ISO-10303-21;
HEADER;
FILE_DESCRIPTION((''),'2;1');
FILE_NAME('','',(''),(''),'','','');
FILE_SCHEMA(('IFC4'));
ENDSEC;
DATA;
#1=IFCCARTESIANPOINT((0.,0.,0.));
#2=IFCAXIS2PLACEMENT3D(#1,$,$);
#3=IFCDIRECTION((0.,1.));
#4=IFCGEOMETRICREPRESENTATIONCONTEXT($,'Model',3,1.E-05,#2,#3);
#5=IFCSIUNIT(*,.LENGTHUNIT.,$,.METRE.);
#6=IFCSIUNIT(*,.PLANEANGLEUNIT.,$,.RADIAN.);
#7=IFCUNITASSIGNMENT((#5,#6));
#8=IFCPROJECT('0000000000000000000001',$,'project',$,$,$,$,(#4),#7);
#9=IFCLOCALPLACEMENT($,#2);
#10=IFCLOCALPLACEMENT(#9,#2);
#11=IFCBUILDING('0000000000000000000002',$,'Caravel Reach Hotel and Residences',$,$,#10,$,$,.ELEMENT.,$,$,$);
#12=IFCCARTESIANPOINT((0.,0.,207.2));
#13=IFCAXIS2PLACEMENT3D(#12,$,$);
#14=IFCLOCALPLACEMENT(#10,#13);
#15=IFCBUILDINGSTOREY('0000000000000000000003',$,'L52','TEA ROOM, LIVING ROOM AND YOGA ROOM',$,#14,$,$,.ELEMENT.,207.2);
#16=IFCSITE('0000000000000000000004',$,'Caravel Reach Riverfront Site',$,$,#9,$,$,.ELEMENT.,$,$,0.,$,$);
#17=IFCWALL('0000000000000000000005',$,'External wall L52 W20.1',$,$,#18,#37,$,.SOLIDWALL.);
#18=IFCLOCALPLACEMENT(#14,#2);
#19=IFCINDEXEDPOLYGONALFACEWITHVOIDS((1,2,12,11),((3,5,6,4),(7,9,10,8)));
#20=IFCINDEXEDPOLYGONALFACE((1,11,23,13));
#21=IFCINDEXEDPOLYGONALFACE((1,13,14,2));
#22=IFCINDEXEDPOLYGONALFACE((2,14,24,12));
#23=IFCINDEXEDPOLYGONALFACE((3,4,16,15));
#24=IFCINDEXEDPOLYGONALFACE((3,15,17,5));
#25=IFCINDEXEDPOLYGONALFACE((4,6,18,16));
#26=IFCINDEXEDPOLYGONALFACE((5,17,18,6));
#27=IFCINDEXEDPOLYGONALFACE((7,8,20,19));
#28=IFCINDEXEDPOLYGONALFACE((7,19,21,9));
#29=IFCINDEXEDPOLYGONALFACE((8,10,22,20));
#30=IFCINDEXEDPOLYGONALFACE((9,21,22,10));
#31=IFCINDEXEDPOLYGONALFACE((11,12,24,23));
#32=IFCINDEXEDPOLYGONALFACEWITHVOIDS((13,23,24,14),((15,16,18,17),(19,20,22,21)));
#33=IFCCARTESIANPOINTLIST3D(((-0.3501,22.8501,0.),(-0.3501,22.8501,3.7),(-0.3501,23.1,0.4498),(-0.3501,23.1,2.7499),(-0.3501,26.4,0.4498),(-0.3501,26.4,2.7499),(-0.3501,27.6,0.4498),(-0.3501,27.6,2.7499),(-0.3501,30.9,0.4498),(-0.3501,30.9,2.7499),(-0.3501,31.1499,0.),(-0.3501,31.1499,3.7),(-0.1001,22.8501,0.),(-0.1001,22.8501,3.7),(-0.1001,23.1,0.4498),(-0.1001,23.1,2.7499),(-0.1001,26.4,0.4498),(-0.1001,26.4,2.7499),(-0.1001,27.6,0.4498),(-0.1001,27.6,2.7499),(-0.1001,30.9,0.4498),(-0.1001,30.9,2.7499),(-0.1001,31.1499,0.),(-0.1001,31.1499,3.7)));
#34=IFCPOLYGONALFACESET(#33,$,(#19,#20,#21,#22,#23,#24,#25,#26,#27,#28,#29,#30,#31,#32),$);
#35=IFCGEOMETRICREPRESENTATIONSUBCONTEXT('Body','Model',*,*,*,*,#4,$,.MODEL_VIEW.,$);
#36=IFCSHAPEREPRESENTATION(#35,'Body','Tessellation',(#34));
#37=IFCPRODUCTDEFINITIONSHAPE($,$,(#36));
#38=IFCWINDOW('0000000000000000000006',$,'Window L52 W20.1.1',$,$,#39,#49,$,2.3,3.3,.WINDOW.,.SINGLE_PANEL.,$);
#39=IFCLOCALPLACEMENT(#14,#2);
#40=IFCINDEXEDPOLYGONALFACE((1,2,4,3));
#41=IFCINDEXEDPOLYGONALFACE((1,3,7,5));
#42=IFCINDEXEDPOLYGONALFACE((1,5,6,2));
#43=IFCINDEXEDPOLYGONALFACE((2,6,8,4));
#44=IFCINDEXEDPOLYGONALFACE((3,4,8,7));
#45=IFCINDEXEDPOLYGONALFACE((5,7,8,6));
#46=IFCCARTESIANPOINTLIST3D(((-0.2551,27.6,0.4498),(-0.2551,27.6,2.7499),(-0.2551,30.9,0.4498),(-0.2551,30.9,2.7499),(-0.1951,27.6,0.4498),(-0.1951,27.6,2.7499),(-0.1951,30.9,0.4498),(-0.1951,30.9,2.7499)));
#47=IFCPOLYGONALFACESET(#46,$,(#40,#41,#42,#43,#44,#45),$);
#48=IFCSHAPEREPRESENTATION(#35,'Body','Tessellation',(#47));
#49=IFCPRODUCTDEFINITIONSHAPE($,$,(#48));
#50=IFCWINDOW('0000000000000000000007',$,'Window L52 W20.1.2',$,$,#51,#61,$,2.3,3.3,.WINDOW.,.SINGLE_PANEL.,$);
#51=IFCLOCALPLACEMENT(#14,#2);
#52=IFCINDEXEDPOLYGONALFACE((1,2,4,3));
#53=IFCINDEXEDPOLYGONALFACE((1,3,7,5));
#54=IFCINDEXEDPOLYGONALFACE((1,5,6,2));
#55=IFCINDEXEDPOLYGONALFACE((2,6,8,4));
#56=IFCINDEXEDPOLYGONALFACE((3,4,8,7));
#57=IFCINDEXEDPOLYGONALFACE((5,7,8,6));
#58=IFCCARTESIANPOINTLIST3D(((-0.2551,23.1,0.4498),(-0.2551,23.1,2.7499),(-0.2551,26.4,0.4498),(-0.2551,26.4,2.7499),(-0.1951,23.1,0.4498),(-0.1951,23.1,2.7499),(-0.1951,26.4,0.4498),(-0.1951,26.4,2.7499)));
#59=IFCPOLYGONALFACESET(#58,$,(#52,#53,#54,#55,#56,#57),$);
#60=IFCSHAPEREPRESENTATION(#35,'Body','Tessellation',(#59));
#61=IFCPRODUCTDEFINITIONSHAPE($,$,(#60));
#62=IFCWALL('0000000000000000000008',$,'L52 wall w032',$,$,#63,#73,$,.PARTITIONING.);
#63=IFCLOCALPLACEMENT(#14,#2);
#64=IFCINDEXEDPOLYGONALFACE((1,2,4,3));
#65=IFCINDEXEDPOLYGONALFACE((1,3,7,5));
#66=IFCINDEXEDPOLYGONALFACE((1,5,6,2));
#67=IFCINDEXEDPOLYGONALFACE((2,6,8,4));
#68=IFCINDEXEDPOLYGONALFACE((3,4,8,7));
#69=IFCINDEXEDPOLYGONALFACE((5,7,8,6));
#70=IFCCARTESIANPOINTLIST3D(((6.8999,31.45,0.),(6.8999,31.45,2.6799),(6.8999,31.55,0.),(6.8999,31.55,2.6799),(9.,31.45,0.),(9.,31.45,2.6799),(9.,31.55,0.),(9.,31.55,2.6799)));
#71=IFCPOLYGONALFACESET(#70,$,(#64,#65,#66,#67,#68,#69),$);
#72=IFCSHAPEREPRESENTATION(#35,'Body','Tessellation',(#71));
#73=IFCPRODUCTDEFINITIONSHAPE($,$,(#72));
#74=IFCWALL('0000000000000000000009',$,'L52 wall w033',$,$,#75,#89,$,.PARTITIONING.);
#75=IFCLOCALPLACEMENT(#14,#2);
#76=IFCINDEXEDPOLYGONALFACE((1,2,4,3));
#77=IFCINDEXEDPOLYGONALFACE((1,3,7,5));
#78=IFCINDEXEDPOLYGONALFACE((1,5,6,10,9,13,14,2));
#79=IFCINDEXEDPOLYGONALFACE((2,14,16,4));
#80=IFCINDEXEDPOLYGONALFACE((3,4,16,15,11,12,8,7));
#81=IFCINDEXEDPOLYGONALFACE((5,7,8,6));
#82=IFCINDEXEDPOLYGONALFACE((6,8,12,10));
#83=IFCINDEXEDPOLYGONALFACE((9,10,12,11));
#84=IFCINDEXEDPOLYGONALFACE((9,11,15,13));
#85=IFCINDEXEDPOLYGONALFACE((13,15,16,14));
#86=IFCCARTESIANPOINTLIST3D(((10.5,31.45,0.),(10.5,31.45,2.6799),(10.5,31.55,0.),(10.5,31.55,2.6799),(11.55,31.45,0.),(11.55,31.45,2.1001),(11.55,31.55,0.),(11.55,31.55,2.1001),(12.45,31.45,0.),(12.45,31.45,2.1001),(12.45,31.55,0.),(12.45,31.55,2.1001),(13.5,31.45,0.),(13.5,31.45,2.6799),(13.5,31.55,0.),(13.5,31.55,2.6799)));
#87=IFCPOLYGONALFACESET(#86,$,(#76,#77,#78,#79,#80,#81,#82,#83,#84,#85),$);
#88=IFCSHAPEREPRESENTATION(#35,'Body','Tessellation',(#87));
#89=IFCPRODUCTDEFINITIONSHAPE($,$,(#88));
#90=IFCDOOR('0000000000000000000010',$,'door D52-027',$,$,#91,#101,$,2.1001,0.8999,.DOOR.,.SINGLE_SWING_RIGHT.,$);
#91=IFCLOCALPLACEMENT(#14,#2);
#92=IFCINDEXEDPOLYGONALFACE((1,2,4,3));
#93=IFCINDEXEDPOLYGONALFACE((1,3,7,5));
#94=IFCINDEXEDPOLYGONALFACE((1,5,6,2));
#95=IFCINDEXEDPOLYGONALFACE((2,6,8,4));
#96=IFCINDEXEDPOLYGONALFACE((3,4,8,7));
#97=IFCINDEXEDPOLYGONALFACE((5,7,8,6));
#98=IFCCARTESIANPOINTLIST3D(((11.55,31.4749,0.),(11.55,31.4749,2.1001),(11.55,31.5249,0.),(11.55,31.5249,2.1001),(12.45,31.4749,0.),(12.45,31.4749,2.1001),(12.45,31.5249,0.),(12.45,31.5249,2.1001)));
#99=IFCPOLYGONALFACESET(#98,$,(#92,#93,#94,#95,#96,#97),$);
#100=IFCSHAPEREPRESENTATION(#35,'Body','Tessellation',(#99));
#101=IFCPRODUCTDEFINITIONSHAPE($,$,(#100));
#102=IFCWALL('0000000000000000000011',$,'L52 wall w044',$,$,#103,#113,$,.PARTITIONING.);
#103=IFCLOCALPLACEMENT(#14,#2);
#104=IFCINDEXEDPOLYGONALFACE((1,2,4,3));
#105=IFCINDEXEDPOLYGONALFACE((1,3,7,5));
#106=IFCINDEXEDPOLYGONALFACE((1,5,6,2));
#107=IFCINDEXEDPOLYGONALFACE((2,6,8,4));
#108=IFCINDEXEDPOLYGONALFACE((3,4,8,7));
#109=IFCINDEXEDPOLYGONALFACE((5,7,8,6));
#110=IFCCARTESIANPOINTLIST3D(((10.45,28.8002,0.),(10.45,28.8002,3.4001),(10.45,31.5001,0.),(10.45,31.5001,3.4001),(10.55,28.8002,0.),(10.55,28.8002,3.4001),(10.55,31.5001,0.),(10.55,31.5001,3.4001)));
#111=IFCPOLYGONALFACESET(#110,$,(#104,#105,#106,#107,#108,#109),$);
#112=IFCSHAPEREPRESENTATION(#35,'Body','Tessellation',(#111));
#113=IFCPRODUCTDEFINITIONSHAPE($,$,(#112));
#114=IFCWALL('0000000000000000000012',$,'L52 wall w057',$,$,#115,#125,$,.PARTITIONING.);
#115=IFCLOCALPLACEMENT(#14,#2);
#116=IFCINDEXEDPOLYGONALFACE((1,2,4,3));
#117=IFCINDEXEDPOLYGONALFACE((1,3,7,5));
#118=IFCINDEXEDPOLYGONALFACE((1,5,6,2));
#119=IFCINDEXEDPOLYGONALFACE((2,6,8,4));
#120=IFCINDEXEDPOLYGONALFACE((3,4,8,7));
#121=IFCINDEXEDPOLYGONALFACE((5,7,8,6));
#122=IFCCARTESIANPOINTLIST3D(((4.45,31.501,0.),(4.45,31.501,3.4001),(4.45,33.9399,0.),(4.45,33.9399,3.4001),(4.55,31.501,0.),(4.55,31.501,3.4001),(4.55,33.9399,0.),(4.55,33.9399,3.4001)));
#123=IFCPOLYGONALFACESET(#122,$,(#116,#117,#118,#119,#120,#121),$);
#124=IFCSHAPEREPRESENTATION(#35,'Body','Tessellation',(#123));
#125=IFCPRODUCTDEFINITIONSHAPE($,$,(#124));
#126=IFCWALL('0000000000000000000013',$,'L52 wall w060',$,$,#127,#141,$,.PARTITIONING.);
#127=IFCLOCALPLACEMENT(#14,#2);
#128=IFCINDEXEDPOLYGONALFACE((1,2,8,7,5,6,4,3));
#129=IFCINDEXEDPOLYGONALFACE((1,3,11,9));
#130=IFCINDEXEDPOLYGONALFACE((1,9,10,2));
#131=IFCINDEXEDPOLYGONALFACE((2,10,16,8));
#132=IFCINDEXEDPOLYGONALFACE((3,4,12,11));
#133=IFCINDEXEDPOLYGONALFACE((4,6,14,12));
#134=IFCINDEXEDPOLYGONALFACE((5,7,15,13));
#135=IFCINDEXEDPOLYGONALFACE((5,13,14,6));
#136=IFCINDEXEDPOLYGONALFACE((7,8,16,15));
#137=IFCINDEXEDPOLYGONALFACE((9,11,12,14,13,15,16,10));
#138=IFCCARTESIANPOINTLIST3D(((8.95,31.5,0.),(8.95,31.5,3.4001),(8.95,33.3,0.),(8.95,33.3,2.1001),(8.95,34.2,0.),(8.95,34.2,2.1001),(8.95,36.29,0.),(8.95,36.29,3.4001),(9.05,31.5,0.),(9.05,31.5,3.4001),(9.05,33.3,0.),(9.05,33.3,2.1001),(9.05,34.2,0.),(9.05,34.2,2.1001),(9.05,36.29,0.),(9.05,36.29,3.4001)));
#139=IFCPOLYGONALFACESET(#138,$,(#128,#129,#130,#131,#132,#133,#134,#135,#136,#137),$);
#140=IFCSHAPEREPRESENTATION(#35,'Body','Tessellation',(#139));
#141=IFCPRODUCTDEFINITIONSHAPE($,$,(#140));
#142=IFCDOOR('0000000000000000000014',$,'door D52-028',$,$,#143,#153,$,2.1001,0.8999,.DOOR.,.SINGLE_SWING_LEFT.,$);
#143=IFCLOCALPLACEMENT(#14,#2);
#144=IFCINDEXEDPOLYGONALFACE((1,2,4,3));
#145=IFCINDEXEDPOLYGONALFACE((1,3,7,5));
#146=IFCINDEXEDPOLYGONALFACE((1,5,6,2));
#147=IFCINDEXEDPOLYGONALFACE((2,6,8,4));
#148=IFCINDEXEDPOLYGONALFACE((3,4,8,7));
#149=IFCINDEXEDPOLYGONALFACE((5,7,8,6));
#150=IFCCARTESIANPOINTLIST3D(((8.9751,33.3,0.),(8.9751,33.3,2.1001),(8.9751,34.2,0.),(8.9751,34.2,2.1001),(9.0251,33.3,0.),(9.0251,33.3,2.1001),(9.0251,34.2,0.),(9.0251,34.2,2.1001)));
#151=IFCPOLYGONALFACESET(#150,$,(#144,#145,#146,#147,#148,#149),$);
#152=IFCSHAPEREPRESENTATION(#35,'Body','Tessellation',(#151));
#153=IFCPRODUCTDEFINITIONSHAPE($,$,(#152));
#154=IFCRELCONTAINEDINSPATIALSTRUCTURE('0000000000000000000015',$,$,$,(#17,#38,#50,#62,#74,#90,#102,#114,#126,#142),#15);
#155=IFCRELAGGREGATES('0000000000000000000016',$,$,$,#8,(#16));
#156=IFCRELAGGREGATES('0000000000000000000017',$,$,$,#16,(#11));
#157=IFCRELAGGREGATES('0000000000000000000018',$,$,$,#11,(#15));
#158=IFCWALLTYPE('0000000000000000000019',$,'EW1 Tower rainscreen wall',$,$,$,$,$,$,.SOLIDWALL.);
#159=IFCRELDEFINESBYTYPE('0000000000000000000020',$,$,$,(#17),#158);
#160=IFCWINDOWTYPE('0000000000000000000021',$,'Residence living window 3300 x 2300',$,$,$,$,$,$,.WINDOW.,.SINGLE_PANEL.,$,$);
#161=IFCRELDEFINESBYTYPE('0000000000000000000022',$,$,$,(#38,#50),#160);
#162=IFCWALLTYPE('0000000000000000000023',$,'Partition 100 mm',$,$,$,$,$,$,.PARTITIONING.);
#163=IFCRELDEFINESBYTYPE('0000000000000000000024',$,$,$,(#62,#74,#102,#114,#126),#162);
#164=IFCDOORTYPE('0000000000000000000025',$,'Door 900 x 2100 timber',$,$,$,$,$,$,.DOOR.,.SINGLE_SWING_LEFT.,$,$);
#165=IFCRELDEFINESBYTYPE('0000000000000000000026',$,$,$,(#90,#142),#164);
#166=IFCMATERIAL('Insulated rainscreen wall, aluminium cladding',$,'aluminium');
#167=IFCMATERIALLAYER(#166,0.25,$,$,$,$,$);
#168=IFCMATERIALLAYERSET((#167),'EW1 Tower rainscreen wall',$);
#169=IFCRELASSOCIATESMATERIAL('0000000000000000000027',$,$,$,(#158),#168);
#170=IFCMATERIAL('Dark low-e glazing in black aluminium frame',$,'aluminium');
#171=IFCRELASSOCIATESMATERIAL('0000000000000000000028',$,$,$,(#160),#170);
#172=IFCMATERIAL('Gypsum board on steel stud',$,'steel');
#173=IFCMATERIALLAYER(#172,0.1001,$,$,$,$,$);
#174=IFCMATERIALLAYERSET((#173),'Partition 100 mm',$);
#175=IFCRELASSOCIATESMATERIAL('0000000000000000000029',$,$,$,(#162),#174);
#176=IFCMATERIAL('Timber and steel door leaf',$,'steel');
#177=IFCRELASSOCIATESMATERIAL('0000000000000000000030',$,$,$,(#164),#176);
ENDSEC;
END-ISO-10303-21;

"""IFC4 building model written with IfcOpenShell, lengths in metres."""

from ifc_helpers import new_model, si_unit, direction, frame, frame_2d, origin, place, context, subcontext, project, spatial, rectangle, extrude, material, layer, layer_set, type_object, element, fill, save


model = new_model("IFC4")

# Units and contexts
model_context = context("Model", 3, precision=1e-05, world=origin(), true_north=direction((0.0, 1.0)))
body_context = subcontext(model_context, "Body", "Model", "MODEL_VIEW")
ifc_project = project(units=[si_unit("LENGTHUNIT", "METRE"), si_unit("PLANEANGLEUNIT", "RADIAN")], contexts=[model_context])

# Site, building, storey
site_placement = place(None, origin())
site = spatial("IfcSite", under=ifc_project, at=site_placement, Name="Caravel Reach Riverfront Site", CompositionType="ELEMENT", RefElevation=0.0)
building_placement = place(site_placement, origin())
building = spatial("IfcBuilding", under=site, at=building_placement, Name="Caravel Reach Hotel and Residences", CompositionType="ELEMENT")
storey_placement = place(building_placement, frame((0.0, 0.0, 207.2)))
storey = spatial("IfcBuildingStorey", under=building, at=storey_placement, Name="L52", Description="TEA ROOM, LIVING ROOM AND YOGA ROOM", CompositionType="ELEMENT", Elevation=207.2)

# Shared definitions
ifc_material_1 = material(Name="Insulated rainscreen wall, aluminium cladding", Category="aluminium")
ifc_layer_1 = layer(ifc_material_1, 0.25)
ifc_layer_set_1 = layer_set([ifc_layer_1], Name="EW1 Tower rainscreen wall")
wall_type_1 = type_object("IfcWallType", Name="EW1 Tower rainscreen wall", PredefinedType="SOLIDWALL", material=ifc_layer_set_1)

# Wall, openings, windows
wall_1_placement = place(storey_placement, frame((-0.2251, 31.1499, 0.0), z_axis=(0.0, 0.0, 1.0), x_axis=(0.0, -1.0, 0.0)))
wall_1 = element("IfcWall", 1, at=wall_1_placement, inside=storey, type_object=wall_type_1, Name="External wall L52 W20.1", PredefinedType="SOLIDWALL", context=body_context, shape_type="SweptSolid", body=[
    extrude(rectangle(XDim=8.2998, YDim=0.25, at=frame_2d((4.1499, 0.0))), origin(), (0.0, 0.0, 1.0), 3.7),
])
opening_1_placement = place(wall_1_placement, frame((0.25, 0.0, 0.45)))
opening_1 = element("IfcOpeningElement", 2, at=opening_1_placement, cuts=wall_1, PredefinedType="OPENING", context=body_context, shape_type="SweptSolid", body=[
    extrude(rectangle(XDim=3.3, YDim=2.3, at=frame_2d((1.6499, 1.1499))), frame((0.0, 0.135, 0.0), z_axis=(0.0, -1.0, 0.0), x_axis=(1.0, 0.0, 0.0)), (0.0, 0.0, 1.0), 0.27),
])
opening_2_placement = place(wall_1_placement, frame((4.75, 0.0, 0.45)))
opening_2 = element("IfcOpeningElement", 3, at=opening_2_placement, cuts=wall_1, PredefinedType="OPENING", context=body_context, shape_type="SweptSolid", body=[
    extrude(rectangle(XDim=3.3, YDim=2.3, at=frame_2d((1.6499, 1.1499))), frame((0.0, 0.135, 0.0), z_axis=(0.0, -1.0, 0.0), x_axis=(1.0, 0.0, 0.0)), (0.0, 0.0, 1.0), 0.27),
])
ifc_material_2 = material(Name="Dark low-e glazing in black aluminium frame", Category="aluminium")
window_type_1 = type_object("IfcWindowType", Name="Residence living window 3300 x 2300", PartitioningType="SINGLE_PANEL", PredefinedType="WINDOW", material=ifc_material_2)
window_1_placement = place(opening_1_placement, origin())
window_1 = element("IfcWindow", 4, at=window_1_placement, inside=storey, type_object=window_type_1, Name="Window L52 W20.1.1", OverallHeight=2.3, OverallWidth=3.3, PartitioningType="SINGLE_PANEL", PredefinedType="WINDOW", context=body_context, shape_type="SweptSolid", body=[
    extrude(rectangle(XDim=3.3, YDim=2.3, at=frame_2d((1.6499, 1.1499))), frame((0.0, 0.03, 0.0), z_axis=(0.0, -1.0, 0.0), x_axis=(1.0, 0.0, 0.0)), (0.0, 0.0, 1.0), 0.0601),
])
fill(opening_1, window_1)
window_2_placement = place(opening_2_placement, origin())
window_2 = element("IfcWindow", 5, at=window_2_placement, inside=storey, type_object=window_type_1, Name="Window L52 W20.1.2", OverallHeight=2.3, OverallWidth=3.3, PartitioningType="SINGLE_PANEL", PredefinedType="WINDOW", context=body_context, shape_type="SweptSolid", body=[
    extrude(rectangle(XDim=3.3, YDim=2.3, at=frame_2d((1.6499, 1.1499))), frame((0.0, 0.03, 0.0), z_axis=(0.0, -1.0, 0.0), x_axis=(1.0, 0.0, 0.0)), (0.0, 0.0, 1.0), 0.0601),
])
fill(opening_2, window_2)

# Wall
ifc_material_3 = material(Name="Gypsum board on steel stud", Category="steel")
ifc_layer_2 = layer(ifc_material_3, 0.1001)
ifc_layer_set_2 = layer_set([ifc_layer_2], Name="Partition 100 mm")
wall_type_2 = type_object("IfcWallType", Name="Partition 100 mm", PredefinedType="PARTITIONING", material=ifc_layer_set_2)
wall_2_placement = place(storey_placement, frame((6.8999, 31.5, 0.0), z_axis=(0.0, 0.0, 1.0), x_axis=(1.0, 0.0, 0.0)))
element("IfcWall", 6, at=wall_2_placement, inside=storey, type_object=wall_type_2, Name="L52 wall w032", PredefinedType="PARTITIONING", context=body_context, shape_type="SweptSolid", body=[
    extrude(rectangle(XDim=2.1001, YDim=0.1001, at=frame_2d((1.05, 0.0))), origin(), (0.0, 0.0, 1.0), 2.6799),
])

# Wall, opening, door
wall_3_placement = place(storey_placement, frame((10.5, 31.5, 0.0), z_axis=(0.0, 0.0, 1.0), x_axis=(1.0, 0.0, 0.0)))
wall_3 = element("IfcWall", 7, at=wall_3_placement, inside=storey, type_object=wall_type_2, Name="L52 wall w033", PredefinedType="PARTITIONING", context=body_context, shape_type="SweptSolid", body=[
    extrude(rectangle(XDim=3.0, YDim=0.1001, at=frame_2d((1.5, 0.0))), origin(), (0.0, 0.0, 1.0), 2.6799),
])
opening_3_placement = place(wall_3_placement, frame((1.05, 0.0, 0.0)))
opening_3 = element("IfcOpeningElement", 8, at=opening_3_placement, cuts=wall_3, PredefinedType="OPENING", context=body_context, shape_type="SweptSolid", body=[
    extrude(rectangle(XDim=0.8999, YDim=2.1001, at=frame_2d((0.45, 1.05))), frame((0.0, 0.0601, 0.0), z_axis=(0.0, -1.0, 0.0), x_axis=(1.0, 0.0, 0.0)), (0.0, 0.0, 1.0), 0.1201),
])
ifc_material_4 = material(Name="Timber and steel door leaf", Category="steel")
door_type_1 = type_object("IfcDoorType", Name="Door 900 x 2100 timber", OperationType="SINGLE_SWING_LEFT", PredefinedType="DOOR", material=ifc_material_4)
door_1_placement = place(opening_3_placement, origin())
door_1 = element("IfcDoor", 9, at=door_1_placement, inside=storey, type_object=door_type_1, Name="door D52-027", OperationType="SINGLE_SWING_RIGHT", OverallHeight=2.1001, OverallWidth=0.8999, PredefinedType="DOOR", context=body_context, shape_type="SweptSolid", body=[
    extrude(rectangle(XDim=0.8999, YDim=2.1001, at=frame_2d((0.45, 1.05))), frame((0.0, 0.0249, 0.0), z_axis=(0.0, -1.0, 0.0), x_axis=(1.0, 0.0, 0.0)), (0.0, 0.0, 1.0), 0.05),
])
fill(opening_3, door_1)

# Walls
wall_4_placement = place(storey_placement, frame((10.5, 28.8, 0.0), z_axis=(0.0, 0.0, 1.0), x_axis=(0.0, 1.0, 0.0)))
element("IfcWall", 10, at=wall_4_placement, inside=storey, type_object=wall_type_2, Name="L52 wall w044", PredefinedType="PARTITIONING", context=body_context, shape_type="SweptSolid", body=[
    extrude(rectangle(XDim=2.7, YDim=0.1001, at=frame_2d((1.3501, 0.0))), origin(), (0.0, 0.0, 1.0), 3.4001),
])
wall_5_placement = place(storey_placement, frame((4.5, 31.501, 0.0), z_axis=(0.0, 0.0, 1.0), x_axis=(0.0, 1.0, 0.0)))
element("IfcWall", 11, at=wall_5_placement, inside=storey, type_object=wall_type_2, Name="L52 wall w057", PredefinedType="PARTITIONING", context=body_context, shape_type="SweptSolid", body=[
    extrude(rectangle(XDim=2.439, YDim=0.1001, at=frame_2d((1.2195, 0.0))), origin(), (0.0, 0.0, 1.0), 3.4001),
])

# Wall, opening, door
wall_6_placement = place(storey_placement, frame((9.0, 31.5, 0.0), z_axis=(0.0, 0.0, 1.0), x_axis=(0.0, 1.0, 0.0)))
wall_6 = element("IfcWall", 12, at=wall_6_placement, inside=storey, type_object=wall_type_2, Name="L52 wall w060", PredefinedType="PARTITIONING", context=body_context, shape_type="SweptSolid", body=[
    extrude(rectangle(XDim=4.79, YDim=0.1001, at=frame_2d((2.395, 0.0))), origin(), (0.0, 0.0, 1.0), 3.4001),
])
opening_4_placement = place(wall_6_placement, frame((1.8, 0.0, 0.0)))
opening_4 = element("IfcOpeningElement", 13, at=opening_4_placement, cuts=wall_6, PredefinedType="OPENING", context=body_context, shape_type="SweptSolid", body=[
    extrude(rectangle(XDim=0.8999, YDim=2.1001, at=frame_2d((0.45, 1.05))), frame((0.0, 0.0601, 0.0), z_axis=(0.0, -1.0, 0.0), x_axis=(1.0, 0.0, 0.0)), (0.0, 0.0, 1.0), 0.1201),
])
door_2_placement = place(opening_4_placement, origin())
door_2 = element("IfcDoor", 14, at=door_2_placement, inside=storey, type_object=door_type_1, Name="door D52-028", OperationType="SINGLE_SWING_LEFT", OverallHeight=2.1001, OverallWidth=0.8999, PredefinedType="DOOR", context=body_context, shape_type="SweptSolid", body=[
    extrude(rectangle(XDim=0.8999, YDim=2.1001, at=frame_2d((0.45, 1.05))), frame((0.0, 0.0249, 0.0), z_axis=(0.0, -1.0, 0.0), x_axis=(1.0, 0.0, 0.0)), (0.0, 0.0, 1.0), 0.05),
])
fill(opening_4, door_2)

save(model, "model.ifc")
